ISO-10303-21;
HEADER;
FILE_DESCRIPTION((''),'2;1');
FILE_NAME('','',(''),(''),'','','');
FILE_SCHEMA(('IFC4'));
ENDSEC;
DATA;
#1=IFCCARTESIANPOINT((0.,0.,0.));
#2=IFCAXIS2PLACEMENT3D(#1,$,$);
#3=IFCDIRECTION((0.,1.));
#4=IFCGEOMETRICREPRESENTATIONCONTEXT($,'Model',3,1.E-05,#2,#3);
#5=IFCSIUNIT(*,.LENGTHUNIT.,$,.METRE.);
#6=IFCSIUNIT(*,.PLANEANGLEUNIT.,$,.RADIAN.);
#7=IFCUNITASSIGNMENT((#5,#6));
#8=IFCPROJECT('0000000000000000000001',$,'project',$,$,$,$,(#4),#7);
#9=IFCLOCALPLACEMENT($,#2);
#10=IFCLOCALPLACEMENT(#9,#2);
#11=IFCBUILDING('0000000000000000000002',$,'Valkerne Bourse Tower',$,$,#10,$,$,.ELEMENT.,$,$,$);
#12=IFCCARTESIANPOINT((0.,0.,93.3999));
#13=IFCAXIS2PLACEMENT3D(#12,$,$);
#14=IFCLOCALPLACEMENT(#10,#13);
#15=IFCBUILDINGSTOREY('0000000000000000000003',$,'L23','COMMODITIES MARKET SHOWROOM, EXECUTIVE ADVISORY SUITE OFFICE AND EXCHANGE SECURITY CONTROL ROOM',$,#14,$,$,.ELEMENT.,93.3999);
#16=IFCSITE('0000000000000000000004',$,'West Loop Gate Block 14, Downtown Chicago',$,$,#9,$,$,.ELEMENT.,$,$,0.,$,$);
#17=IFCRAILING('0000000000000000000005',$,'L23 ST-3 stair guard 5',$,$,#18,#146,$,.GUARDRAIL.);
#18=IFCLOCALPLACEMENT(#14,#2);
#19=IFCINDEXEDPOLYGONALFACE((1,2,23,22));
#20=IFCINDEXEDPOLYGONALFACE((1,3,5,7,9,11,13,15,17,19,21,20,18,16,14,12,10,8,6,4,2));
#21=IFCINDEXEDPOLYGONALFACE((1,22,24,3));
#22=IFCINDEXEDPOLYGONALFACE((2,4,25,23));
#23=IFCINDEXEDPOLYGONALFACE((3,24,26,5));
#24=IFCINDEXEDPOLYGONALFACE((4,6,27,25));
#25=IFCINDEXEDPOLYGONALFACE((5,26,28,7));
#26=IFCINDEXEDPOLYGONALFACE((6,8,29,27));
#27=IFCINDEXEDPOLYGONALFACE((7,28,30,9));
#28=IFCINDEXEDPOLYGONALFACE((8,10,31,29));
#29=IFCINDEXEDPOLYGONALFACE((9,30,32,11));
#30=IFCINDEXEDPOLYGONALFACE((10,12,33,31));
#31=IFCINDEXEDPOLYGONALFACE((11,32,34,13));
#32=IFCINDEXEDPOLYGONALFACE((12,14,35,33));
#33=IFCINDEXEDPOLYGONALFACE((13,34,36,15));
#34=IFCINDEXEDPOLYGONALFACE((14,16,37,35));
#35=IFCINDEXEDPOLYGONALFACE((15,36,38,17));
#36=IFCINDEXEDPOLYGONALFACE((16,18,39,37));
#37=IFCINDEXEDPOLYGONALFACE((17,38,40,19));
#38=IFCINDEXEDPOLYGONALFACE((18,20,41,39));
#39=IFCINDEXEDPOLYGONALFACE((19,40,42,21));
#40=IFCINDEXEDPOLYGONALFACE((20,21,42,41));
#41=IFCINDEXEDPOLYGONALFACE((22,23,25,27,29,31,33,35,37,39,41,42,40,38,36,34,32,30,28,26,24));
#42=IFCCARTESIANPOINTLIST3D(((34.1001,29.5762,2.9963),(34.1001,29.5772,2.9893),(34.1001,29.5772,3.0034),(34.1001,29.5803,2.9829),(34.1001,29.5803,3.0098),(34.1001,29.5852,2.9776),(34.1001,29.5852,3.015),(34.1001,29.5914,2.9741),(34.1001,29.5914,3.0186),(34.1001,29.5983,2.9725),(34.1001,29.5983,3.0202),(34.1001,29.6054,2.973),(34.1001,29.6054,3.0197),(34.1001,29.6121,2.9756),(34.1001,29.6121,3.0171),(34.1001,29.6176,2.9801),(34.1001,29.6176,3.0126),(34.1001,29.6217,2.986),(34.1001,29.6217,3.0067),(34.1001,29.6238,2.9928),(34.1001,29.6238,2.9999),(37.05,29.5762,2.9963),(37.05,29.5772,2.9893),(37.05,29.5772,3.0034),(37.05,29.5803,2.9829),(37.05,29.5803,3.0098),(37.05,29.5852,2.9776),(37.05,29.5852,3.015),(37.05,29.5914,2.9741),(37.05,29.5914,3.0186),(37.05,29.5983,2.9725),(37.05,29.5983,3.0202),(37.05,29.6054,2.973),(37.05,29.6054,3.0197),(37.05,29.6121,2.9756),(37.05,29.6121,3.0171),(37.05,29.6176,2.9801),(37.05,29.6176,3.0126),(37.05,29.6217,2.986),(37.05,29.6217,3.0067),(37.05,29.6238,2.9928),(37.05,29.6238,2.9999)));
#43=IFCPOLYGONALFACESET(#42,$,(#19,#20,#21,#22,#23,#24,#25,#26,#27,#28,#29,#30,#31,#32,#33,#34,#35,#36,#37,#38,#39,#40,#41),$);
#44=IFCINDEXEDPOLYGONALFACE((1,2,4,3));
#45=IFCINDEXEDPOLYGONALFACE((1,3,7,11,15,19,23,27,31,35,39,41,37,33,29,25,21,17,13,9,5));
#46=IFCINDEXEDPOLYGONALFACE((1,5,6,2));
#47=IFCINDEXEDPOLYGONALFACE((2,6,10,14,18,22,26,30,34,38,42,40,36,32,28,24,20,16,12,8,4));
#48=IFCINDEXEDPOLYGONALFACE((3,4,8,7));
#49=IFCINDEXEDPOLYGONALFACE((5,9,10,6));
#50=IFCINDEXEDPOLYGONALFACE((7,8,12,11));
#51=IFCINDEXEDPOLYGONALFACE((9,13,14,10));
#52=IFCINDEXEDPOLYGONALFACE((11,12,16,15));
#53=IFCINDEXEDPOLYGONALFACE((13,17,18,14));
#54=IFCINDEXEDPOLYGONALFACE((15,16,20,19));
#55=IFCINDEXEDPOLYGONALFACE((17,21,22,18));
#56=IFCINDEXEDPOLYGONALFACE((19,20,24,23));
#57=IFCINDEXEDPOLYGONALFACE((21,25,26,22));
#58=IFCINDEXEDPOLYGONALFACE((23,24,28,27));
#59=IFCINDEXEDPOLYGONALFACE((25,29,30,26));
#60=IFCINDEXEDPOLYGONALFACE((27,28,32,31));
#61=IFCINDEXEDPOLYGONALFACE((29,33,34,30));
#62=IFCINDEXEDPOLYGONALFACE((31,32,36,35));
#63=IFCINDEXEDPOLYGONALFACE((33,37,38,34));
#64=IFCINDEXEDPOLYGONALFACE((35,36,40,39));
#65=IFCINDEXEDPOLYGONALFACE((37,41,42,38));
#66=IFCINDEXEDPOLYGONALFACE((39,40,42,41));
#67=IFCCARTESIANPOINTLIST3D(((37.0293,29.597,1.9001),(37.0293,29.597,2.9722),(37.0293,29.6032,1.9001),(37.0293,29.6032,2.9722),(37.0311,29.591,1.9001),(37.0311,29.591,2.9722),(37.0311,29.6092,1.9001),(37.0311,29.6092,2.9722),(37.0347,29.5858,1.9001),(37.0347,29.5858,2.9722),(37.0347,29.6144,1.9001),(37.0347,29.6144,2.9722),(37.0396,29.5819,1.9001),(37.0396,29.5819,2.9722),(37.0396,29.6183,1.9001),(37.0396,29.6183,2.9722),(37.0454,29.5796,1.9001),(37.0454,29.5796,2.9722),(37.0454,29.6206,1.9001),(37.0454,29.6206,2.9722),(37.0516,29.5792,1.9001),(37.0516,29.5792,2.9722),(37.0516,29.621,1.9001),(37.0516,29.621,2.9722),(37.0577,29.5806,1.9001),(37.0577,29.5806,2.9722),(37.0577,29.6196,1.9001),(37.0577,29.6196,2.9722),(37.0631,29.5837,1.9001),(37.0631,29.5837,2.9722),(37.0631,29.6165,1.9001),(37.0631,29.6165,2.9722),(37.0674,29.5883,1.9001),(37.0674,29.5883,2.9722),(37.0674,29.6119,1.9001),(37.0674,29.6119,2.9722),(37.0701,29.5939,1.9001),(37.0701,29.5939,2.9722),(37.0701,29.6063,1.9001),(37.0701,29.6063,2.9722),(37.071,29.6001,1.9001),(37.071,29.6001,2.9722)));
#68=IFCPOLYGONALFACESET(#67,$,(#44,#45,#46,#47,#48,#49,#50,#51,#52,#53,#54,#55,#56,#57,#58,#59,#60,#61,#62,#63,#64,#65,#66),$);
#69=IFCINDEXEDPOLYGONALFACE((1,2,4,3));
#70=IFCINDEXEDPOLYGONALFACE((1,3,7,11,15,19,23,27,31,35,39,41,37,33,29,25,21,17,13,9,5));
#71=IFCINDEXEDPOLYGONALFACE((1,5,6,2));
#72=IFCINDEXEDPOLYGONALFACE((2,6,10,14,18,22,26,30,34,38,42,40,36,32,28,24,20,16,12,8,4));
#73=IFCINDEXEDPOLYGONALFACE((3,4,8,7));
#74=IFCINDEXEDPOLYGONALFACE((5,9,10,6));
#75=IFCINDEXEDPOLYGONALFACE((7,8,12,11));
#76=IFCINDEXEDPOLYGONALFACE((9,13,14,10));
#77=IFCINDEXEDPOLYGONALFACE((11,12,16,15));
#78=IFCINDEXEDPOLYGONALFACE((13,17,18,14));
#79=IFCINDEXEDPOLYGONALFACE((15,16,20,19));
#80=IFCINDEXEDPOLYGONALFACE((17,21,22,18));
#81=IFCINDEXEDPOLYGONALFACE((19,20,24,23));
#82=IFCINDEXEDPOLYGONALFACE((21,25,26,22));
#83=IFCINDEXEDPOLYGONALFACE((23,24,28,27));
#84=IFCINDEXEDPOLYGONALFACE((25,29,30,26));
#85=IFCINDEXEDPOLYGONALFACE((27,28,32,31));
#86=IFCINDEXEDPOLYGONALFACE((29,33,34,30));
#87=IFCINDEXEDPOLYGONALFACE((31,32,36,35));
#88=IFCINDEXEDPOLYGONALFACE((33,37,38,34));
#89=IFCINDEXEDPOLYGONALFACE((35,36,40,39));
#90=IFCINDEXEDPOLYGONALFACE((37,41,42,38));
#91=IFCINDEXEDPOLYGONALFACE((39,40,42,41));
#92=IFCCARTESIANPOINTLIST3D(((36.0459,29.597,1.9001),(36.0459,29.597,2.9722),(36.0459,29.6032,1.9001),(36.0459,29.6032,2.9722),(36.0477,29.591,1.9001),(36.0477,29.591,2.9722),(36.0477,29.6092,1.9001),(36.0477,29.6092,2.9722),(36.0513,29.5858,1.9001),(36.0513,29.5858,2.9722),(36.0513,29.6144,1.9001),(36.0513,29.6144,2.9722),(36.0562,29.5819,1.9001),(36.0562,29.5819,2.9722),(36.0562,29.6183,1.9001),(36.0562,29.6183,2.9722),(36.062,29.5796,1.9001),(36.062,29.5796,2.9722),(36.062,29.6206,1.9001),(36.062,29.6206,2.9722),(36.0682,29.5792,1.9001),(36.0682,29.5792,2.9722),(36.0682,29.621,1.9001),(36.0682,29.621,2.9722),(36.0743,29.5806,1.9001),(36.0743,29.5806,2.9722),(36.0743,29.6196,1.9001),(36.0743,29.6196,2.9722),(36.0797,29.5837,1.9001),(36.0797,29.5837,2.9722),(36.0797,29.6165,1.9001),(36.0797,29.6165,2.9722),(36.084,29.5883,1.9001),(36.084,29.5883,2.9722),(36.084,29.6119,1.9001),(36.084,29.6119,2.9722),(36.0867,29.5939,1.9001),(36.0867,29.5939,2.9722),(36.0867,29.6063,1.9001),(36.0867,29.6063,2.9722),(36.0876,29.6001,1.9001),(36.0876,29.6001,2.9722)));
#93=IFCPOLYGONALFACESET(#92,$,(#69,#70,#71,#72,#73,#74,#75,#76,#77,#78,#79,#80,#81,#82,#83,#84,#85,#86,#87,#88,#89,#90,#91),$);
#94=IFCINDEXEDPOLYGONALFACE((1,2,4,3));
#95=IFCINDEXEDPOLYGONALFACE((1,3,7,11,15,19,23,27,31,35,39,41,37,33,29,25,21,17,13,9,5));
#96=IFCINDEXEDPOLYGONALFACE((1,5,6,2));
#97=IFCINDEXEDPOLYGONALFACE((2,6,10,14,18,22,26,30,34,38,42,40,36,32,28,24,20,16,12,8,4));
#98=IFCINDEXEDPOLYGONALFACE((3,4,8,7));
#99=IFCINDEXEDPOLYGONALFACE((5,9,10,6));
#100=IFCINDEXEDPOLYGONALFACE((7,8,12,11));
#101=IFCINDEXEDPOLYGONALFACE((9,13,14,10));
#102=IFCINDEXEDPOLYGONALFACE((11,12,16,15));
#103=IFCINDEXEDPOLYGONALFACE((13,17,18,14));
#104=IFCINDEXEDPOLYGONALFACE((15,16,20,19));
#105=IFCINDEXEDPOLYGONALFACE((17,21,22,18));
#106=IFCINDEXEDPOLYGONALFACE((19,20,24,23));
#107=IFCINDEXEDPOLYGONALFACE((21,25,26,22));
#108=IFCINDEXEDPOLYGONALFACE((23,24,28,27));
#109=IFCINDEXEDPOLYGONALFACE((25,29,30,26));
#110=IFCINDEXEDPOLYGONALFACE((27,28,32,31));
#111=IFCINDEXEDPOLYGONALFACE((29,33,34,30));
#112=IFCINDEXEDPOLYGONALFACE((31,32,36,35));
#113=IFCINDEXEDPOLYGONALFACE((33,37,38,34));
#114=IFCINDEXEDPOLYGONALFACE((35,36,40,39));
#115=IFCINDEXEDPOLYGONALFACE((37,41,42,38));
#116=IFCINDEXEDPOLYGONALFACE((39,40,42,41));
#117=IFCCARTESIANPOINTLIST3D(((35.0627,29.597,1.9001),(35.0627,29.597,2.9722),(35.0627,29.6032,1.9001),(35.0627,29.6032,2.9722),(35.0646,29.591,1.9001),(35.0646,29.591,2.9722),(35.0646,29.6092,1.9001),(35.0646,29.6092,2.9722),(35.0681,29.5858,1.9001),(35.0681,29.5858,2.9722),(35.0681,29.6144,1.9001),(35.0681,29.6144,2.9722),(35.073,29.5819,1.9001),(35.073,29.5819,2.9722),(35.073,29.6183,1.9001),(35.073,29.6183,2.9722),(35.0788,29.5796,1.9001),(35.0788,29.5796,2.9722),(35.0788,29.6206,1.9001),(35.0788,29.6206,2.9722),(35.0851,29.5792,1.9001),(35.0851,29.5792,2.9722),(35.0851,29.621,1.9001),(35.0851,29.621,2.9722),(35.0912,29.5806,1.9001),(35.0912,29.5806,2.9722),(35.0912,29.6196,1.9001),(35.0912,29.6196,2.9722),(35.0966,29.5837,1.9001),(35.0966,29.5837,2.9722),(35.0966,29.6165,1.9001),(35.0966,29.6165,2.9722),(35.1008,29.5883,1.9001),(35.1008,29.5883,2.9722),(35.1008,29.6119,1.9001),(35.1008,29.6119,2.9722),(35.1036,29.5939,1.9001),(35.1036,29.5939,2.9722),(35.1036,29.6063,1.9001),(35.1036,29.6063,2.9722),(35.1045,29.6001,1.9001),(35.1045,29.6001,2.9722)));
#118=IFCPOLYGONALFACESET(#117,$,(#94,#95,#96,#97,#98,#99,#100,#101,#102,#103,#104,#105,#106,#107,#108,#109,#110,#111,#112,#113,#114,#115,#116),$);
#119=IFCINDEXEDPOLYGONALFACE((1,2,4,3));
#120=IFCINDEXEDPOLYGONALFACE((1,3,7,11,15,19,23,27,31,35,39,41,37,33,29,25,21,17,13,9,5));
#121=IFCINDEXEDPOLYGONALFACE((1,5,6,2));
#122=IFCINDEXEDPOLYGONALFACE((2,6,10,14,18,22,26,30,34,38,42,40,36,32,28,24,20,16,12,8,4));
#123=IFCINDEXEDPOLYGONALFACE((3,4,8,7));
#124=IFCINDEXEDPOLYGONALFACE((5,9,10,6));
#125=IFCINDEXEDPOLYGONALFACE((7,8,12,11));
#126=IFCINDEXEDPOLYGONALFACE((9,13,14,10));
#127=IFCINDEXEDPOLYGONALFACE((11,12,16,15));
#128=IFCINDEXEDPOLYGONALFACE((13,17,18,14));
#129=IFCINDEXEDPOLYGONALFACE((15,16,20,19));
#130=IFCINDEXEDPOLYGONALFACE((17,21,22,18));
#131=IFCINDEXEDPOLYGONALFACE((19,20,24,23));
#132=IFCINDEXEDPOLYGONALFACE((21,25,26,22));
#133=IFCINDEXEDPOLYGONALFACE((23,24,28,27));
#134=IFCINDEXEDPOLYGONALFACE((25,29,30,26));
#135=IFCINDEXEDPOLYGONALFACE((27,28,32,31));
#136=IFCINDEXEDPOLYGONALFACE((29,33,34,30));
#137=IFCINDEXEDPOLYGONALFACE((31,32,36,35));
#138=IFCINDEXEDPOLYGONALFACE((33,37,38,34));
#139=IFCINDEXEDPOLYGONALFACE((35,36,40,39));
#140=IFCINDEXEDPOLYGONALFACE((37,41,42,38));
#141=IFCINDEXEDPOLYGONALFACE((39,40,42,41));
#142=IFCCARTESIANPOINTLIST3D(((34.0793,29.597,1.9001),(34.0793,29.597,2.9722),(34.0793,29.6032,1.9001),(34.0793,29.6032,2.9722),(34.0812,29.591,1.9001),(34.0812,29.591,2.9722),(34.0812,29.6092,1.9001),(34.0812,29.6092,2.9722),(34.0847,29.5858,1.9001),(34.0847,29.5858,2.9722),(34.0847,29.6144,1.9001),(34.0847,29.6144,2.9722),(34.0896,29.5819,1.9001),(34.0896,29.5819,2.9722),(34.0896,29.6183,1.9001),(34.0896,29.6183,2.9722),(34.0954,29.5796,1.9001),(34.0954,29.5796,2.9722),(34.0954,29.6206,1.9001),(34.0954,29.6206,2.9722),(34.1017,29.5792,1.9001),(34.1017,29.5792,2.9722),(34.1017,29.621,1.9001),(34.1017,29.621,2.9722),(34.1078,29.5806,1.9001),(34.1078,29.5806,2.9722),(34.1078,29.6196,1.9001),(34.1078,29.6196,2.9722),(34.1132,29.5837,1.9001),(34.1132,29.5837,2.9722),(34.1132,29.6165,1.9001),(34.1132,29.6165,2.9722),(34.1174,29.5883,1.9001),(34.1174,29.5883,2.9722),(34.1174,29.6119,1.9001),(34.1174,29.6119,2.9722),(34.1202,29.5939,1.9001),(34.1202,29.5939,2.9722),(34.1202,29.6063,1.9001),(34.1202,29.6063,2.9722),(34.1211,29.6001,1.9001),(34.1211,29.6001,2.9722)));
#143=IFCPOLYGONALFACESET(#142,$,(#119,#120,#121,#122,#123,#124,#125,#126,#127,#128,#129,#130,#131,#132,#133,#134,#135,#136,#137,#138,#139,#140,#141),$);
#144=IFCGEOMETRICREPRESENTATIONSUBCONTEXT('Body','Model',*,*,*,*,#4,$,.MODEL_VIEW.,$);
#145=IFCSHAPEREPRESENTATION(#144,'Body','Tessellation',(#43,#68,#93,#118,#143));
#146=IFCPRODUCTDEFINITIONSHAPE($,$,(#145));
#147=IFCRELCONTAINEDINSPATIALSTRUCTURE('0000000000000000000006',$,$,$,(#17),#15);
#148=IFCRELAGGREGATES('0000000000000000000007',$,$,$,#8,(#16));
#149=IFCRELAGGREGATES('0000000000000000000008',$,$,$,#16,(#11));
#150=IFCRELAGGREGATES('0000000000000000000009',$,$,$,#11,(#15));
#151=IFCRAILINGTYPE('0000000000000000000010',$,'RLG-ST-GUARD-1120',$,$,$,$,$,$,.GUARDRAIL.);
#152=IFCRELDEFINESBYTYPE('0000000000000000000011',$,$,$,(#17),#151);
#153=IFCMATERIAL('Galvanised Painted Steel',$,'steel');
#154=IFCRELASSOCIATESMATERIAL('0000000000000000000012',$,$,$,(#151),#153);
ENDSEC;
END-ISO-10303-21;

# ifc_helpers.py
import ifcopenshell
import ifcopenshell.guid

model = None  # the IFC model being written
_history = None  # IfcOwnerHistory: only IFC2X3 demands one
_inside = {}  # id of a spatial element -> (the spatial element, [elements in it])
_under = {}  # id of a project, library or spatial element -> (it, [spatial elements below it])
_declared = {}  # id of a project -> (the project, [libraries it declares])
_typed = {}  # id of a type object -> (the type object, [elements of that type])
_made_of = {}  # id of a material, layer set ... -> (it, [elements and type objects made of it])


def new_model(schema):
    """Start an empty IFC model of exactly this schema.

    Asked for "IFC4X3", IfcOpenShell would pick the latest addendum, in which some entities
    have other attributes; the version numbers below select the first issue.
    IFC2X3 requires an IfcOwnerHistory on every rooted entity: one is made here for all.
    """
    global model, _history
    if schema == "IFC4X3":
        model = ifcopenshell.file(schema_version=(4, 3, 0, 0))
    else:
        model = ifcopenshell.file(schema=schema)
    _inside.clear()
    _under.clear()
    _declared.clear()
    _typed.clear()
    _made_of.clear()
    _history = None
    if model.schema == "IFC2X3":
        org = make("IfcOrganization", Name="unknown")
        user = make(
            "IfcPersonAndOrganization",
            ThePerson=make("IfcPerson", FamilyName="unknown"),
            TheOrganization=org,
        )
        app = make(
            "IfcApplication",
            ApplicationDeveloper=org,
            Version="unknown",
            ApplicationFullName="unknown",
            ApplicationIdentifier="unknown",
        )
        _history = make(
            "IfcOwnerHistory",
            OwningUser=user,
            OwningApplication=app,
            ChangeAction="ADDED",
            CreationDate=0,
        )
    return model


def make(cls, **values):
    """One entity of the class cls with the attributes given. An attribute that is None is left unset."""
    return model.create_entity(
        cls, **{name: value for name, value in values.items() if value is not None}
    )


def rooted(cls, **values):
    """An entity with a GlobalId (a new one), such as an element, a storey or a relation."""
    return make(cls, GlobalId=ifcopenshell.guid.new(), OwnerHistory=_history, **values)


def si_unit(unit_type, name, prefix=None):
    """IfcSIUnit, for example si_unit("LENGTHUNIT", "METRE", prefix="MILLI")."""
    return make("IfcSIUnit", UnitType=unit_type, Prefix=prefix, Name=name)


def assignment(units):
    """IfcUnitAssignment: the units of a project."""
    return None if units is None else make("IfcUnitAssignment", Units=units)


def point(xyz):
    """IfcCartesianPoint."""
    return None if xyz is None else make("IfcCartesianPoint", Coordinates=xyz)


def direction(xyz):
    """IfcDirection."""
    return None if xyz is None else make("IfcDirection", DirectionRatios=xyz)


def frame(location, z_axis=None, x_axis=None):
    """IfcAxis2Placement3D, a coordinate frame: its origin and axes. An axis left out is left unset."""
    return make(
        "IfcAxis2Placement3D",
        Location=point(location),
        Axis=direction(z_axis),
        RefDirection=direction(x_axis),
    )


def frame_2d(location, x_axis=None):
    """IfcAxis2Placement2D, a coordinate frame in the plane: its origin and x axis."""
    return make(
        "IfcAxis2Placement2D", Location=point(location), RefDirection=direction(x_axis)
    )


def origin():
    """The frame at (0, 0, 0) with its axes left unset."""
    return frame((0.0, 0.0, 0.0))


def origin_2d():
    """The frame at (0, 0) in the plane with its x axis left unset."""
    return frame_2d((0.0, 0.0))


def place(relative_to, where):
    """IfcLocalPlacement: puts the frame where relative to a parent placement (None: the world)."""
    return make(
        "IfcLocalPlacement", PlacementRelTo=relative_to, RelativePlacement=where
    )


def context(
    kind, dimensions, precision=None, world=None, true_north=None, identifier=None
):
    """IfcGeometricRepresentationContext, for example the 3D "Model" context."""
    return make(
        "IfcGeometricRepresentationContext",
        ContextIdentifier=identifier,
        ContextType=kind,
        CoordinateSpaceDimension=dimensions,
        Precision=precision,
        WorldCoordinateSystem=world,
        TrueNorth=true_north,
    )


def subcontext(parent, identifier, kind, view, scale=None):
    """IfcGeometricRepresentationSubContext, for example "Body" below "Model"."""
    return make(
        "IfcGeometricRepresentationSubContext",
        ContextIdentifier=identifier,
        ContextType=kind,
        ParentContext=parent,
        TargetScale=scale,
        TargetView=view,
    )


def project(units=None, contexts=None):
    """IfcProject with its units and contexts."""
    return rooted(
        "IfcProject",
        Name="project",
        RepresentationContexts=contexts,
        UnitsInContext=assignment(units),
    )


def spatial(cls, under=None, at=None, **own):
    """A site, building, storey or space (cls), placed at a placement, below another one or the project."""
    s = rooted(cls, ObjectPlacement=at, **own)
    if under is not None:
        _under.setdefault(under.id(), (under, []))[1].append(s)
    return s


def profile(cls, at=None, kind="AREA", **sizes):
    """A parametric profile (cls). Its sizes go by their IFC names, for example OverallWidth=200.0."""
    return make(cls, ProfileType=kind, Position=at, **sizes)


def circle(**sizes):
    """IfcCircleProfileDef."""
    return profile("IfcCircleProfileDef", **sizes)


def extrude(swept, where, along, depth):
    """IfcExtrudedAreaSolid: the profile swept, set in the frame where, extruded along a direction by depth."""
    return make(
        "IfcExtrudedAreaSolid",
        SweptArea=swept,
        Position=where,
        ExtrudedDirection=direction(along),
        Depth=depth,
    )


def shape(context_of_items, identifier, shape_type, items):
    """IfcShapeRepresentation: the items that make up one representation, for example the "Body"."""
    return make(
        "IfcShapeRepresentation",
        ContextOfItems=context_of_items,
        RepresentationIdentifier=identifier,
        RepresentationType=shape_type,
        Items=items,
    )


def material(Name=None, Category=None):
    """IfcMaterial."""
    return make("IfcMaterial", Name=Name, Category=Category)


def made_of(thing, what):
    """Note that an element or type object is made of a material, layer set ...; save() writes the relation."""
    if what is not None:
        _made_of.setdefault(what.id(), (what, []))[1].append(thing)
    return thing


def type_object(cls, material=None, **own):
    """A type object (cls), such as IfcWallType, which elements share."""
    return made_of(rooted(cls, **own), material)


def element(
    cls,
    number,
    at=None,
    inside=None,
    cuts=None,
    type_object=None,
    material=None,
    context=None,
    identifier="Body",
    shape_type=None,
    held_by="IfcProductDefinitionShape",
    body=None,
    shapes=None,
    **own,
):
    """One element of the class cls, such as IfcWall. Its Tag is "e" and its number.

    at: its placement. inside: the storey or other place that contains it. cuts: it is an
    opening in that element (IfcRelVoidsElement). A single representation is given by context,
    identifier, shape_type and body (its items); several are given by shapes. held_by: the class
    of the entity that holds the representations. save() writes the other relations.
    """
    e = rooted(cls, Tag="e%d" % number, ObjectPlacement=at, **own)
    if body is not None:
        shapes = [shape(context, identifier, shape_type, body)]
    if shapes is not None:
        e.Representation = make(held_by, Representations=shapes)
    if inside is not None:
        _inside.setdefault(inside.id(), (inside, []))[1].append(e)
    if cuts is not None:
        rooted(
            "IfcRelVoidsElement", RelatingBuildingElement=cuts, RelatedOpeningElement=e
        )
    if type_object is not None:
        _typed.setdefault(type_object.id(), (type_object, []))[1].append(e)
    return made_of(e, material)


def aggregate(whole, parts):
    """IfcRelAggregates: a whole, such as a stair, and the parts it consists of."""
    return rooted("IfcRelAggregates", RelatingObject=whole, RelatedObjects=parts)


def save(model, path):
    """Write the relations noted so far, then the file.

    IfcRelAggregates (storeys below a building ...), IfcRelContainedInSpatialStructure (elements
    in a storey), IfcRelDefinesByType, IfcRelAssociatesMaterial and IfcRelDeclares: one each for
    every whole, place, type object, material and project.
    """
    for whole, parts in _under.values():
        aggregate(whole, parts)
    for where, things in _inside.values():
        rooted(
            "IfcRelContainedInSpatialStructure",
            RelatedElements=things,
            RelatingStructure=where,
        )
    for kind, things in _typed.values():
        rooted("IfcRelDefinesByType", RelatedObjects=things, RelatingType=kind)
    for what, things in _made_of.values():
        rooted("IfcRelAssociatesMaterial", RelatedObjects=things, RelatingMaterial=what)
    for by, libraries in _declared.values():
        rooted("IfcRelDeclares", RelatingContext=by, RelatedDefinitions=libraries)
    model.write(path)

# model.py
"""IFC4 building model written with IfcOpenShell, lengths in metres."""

from ifc_helpers import new_model, si_unit, direction, frame, origin, origin_2d, place, context, subcontext, project, spatial, circle, extrude, material, type_object, element, save


model = new_model("IFC4")

# Units and contexts
model_context = context("Model", 3, precision=1e-05, world=origin(), true_north=direction((0.0, 1.0)))
body_context = subcontext(model_context, "Body", "Model", "MODEL_VIEW")
ifc_project = project(units=[si_unit("LENGTHUNIT", "METRE"), si_unit("PLANEANGLEUNIT", "RADIAN")], contexts=[model_context])

# Site, building, storey
site_placement = place(None, origin())
site = spatial("IfcSite", under=ifc_project, at=site_placement, Name="West Loop Gate Block 14, Downtown Chicago", CompositionType="ELEMENT", RefElevation=0.0)
building_placement = place(site_placement, origin())
building = spatial("IfcBuilding", under=site, at=building_placement, Name="Valkerne Bourse Tower", CompositionType="ELEMENT")
storey_placement = place(building_placement, frame((0.0, 0.0, 93.3999)))
storey = spatial("IfcBuildingStorey", under=building, at=storey_placement, Name="L23", Description="COMMODITIES MARKET SHOWROOM, EXECUTIVE ADVISORY SUITE OFFICE AND EXCHANGE SECURITY CONTROL ROOM", CompositionType="ELEMENT", Elevation=93.3999)

# Shared definitions
ifc_material_1 = material(Name="Galvanised Painted Steel", Category="steel")

# Railing
railing_type_1 = type_object("IfcRailingType", Name="RLG-ST-GUARD-1120", PredefinedType="GUARDRAIL", material=ifc_material_1)
railing_1_placement = place(storey_placement, frame((37.05, 29.6001, 1.9001)))
element("IfcRailing", 1, at=railing_1_placement, inside=storey, type_object=railing_type_1, Name="L23 ST-3 stair guard 5", PredefinedType="GUARDRAIL", context=body_context, shape_type="SweptSolid", body=[
    extrude(circle(Radius=0.0239, at=origin_2d()), frame((0.0, 0.0, 1.0962), z_axis=(-1.0, 0.0, 0.0), x_axis=(0.0, -1.0, 0.0)), (0.0, 0.0, 1.0), 2.95),
    extrude(circle(Radius=0.021, at=origin_2d()), origin(), (0.0, 0.0, 1.0), 1.072),
    extrude(circle(Radius=0.021, at=origin_2d()), frame((-0.9834, 0.0, 0.0)), (0.0, 0.0, 1.0), 1.072),
    extrude(circle(Radius=0.021, at=origin_2d()), frame((-1.9666, 0.0, 0.0)), (0.0, 0.0, 1.0), 1.072),
    extrude(circle(Radius=0.021, at=origin_2d()), frame((-2.95, 0.0, 0.0)), (0.0, 0.0, 1.0), 1.072),
])

save(model, "model.ifc")
